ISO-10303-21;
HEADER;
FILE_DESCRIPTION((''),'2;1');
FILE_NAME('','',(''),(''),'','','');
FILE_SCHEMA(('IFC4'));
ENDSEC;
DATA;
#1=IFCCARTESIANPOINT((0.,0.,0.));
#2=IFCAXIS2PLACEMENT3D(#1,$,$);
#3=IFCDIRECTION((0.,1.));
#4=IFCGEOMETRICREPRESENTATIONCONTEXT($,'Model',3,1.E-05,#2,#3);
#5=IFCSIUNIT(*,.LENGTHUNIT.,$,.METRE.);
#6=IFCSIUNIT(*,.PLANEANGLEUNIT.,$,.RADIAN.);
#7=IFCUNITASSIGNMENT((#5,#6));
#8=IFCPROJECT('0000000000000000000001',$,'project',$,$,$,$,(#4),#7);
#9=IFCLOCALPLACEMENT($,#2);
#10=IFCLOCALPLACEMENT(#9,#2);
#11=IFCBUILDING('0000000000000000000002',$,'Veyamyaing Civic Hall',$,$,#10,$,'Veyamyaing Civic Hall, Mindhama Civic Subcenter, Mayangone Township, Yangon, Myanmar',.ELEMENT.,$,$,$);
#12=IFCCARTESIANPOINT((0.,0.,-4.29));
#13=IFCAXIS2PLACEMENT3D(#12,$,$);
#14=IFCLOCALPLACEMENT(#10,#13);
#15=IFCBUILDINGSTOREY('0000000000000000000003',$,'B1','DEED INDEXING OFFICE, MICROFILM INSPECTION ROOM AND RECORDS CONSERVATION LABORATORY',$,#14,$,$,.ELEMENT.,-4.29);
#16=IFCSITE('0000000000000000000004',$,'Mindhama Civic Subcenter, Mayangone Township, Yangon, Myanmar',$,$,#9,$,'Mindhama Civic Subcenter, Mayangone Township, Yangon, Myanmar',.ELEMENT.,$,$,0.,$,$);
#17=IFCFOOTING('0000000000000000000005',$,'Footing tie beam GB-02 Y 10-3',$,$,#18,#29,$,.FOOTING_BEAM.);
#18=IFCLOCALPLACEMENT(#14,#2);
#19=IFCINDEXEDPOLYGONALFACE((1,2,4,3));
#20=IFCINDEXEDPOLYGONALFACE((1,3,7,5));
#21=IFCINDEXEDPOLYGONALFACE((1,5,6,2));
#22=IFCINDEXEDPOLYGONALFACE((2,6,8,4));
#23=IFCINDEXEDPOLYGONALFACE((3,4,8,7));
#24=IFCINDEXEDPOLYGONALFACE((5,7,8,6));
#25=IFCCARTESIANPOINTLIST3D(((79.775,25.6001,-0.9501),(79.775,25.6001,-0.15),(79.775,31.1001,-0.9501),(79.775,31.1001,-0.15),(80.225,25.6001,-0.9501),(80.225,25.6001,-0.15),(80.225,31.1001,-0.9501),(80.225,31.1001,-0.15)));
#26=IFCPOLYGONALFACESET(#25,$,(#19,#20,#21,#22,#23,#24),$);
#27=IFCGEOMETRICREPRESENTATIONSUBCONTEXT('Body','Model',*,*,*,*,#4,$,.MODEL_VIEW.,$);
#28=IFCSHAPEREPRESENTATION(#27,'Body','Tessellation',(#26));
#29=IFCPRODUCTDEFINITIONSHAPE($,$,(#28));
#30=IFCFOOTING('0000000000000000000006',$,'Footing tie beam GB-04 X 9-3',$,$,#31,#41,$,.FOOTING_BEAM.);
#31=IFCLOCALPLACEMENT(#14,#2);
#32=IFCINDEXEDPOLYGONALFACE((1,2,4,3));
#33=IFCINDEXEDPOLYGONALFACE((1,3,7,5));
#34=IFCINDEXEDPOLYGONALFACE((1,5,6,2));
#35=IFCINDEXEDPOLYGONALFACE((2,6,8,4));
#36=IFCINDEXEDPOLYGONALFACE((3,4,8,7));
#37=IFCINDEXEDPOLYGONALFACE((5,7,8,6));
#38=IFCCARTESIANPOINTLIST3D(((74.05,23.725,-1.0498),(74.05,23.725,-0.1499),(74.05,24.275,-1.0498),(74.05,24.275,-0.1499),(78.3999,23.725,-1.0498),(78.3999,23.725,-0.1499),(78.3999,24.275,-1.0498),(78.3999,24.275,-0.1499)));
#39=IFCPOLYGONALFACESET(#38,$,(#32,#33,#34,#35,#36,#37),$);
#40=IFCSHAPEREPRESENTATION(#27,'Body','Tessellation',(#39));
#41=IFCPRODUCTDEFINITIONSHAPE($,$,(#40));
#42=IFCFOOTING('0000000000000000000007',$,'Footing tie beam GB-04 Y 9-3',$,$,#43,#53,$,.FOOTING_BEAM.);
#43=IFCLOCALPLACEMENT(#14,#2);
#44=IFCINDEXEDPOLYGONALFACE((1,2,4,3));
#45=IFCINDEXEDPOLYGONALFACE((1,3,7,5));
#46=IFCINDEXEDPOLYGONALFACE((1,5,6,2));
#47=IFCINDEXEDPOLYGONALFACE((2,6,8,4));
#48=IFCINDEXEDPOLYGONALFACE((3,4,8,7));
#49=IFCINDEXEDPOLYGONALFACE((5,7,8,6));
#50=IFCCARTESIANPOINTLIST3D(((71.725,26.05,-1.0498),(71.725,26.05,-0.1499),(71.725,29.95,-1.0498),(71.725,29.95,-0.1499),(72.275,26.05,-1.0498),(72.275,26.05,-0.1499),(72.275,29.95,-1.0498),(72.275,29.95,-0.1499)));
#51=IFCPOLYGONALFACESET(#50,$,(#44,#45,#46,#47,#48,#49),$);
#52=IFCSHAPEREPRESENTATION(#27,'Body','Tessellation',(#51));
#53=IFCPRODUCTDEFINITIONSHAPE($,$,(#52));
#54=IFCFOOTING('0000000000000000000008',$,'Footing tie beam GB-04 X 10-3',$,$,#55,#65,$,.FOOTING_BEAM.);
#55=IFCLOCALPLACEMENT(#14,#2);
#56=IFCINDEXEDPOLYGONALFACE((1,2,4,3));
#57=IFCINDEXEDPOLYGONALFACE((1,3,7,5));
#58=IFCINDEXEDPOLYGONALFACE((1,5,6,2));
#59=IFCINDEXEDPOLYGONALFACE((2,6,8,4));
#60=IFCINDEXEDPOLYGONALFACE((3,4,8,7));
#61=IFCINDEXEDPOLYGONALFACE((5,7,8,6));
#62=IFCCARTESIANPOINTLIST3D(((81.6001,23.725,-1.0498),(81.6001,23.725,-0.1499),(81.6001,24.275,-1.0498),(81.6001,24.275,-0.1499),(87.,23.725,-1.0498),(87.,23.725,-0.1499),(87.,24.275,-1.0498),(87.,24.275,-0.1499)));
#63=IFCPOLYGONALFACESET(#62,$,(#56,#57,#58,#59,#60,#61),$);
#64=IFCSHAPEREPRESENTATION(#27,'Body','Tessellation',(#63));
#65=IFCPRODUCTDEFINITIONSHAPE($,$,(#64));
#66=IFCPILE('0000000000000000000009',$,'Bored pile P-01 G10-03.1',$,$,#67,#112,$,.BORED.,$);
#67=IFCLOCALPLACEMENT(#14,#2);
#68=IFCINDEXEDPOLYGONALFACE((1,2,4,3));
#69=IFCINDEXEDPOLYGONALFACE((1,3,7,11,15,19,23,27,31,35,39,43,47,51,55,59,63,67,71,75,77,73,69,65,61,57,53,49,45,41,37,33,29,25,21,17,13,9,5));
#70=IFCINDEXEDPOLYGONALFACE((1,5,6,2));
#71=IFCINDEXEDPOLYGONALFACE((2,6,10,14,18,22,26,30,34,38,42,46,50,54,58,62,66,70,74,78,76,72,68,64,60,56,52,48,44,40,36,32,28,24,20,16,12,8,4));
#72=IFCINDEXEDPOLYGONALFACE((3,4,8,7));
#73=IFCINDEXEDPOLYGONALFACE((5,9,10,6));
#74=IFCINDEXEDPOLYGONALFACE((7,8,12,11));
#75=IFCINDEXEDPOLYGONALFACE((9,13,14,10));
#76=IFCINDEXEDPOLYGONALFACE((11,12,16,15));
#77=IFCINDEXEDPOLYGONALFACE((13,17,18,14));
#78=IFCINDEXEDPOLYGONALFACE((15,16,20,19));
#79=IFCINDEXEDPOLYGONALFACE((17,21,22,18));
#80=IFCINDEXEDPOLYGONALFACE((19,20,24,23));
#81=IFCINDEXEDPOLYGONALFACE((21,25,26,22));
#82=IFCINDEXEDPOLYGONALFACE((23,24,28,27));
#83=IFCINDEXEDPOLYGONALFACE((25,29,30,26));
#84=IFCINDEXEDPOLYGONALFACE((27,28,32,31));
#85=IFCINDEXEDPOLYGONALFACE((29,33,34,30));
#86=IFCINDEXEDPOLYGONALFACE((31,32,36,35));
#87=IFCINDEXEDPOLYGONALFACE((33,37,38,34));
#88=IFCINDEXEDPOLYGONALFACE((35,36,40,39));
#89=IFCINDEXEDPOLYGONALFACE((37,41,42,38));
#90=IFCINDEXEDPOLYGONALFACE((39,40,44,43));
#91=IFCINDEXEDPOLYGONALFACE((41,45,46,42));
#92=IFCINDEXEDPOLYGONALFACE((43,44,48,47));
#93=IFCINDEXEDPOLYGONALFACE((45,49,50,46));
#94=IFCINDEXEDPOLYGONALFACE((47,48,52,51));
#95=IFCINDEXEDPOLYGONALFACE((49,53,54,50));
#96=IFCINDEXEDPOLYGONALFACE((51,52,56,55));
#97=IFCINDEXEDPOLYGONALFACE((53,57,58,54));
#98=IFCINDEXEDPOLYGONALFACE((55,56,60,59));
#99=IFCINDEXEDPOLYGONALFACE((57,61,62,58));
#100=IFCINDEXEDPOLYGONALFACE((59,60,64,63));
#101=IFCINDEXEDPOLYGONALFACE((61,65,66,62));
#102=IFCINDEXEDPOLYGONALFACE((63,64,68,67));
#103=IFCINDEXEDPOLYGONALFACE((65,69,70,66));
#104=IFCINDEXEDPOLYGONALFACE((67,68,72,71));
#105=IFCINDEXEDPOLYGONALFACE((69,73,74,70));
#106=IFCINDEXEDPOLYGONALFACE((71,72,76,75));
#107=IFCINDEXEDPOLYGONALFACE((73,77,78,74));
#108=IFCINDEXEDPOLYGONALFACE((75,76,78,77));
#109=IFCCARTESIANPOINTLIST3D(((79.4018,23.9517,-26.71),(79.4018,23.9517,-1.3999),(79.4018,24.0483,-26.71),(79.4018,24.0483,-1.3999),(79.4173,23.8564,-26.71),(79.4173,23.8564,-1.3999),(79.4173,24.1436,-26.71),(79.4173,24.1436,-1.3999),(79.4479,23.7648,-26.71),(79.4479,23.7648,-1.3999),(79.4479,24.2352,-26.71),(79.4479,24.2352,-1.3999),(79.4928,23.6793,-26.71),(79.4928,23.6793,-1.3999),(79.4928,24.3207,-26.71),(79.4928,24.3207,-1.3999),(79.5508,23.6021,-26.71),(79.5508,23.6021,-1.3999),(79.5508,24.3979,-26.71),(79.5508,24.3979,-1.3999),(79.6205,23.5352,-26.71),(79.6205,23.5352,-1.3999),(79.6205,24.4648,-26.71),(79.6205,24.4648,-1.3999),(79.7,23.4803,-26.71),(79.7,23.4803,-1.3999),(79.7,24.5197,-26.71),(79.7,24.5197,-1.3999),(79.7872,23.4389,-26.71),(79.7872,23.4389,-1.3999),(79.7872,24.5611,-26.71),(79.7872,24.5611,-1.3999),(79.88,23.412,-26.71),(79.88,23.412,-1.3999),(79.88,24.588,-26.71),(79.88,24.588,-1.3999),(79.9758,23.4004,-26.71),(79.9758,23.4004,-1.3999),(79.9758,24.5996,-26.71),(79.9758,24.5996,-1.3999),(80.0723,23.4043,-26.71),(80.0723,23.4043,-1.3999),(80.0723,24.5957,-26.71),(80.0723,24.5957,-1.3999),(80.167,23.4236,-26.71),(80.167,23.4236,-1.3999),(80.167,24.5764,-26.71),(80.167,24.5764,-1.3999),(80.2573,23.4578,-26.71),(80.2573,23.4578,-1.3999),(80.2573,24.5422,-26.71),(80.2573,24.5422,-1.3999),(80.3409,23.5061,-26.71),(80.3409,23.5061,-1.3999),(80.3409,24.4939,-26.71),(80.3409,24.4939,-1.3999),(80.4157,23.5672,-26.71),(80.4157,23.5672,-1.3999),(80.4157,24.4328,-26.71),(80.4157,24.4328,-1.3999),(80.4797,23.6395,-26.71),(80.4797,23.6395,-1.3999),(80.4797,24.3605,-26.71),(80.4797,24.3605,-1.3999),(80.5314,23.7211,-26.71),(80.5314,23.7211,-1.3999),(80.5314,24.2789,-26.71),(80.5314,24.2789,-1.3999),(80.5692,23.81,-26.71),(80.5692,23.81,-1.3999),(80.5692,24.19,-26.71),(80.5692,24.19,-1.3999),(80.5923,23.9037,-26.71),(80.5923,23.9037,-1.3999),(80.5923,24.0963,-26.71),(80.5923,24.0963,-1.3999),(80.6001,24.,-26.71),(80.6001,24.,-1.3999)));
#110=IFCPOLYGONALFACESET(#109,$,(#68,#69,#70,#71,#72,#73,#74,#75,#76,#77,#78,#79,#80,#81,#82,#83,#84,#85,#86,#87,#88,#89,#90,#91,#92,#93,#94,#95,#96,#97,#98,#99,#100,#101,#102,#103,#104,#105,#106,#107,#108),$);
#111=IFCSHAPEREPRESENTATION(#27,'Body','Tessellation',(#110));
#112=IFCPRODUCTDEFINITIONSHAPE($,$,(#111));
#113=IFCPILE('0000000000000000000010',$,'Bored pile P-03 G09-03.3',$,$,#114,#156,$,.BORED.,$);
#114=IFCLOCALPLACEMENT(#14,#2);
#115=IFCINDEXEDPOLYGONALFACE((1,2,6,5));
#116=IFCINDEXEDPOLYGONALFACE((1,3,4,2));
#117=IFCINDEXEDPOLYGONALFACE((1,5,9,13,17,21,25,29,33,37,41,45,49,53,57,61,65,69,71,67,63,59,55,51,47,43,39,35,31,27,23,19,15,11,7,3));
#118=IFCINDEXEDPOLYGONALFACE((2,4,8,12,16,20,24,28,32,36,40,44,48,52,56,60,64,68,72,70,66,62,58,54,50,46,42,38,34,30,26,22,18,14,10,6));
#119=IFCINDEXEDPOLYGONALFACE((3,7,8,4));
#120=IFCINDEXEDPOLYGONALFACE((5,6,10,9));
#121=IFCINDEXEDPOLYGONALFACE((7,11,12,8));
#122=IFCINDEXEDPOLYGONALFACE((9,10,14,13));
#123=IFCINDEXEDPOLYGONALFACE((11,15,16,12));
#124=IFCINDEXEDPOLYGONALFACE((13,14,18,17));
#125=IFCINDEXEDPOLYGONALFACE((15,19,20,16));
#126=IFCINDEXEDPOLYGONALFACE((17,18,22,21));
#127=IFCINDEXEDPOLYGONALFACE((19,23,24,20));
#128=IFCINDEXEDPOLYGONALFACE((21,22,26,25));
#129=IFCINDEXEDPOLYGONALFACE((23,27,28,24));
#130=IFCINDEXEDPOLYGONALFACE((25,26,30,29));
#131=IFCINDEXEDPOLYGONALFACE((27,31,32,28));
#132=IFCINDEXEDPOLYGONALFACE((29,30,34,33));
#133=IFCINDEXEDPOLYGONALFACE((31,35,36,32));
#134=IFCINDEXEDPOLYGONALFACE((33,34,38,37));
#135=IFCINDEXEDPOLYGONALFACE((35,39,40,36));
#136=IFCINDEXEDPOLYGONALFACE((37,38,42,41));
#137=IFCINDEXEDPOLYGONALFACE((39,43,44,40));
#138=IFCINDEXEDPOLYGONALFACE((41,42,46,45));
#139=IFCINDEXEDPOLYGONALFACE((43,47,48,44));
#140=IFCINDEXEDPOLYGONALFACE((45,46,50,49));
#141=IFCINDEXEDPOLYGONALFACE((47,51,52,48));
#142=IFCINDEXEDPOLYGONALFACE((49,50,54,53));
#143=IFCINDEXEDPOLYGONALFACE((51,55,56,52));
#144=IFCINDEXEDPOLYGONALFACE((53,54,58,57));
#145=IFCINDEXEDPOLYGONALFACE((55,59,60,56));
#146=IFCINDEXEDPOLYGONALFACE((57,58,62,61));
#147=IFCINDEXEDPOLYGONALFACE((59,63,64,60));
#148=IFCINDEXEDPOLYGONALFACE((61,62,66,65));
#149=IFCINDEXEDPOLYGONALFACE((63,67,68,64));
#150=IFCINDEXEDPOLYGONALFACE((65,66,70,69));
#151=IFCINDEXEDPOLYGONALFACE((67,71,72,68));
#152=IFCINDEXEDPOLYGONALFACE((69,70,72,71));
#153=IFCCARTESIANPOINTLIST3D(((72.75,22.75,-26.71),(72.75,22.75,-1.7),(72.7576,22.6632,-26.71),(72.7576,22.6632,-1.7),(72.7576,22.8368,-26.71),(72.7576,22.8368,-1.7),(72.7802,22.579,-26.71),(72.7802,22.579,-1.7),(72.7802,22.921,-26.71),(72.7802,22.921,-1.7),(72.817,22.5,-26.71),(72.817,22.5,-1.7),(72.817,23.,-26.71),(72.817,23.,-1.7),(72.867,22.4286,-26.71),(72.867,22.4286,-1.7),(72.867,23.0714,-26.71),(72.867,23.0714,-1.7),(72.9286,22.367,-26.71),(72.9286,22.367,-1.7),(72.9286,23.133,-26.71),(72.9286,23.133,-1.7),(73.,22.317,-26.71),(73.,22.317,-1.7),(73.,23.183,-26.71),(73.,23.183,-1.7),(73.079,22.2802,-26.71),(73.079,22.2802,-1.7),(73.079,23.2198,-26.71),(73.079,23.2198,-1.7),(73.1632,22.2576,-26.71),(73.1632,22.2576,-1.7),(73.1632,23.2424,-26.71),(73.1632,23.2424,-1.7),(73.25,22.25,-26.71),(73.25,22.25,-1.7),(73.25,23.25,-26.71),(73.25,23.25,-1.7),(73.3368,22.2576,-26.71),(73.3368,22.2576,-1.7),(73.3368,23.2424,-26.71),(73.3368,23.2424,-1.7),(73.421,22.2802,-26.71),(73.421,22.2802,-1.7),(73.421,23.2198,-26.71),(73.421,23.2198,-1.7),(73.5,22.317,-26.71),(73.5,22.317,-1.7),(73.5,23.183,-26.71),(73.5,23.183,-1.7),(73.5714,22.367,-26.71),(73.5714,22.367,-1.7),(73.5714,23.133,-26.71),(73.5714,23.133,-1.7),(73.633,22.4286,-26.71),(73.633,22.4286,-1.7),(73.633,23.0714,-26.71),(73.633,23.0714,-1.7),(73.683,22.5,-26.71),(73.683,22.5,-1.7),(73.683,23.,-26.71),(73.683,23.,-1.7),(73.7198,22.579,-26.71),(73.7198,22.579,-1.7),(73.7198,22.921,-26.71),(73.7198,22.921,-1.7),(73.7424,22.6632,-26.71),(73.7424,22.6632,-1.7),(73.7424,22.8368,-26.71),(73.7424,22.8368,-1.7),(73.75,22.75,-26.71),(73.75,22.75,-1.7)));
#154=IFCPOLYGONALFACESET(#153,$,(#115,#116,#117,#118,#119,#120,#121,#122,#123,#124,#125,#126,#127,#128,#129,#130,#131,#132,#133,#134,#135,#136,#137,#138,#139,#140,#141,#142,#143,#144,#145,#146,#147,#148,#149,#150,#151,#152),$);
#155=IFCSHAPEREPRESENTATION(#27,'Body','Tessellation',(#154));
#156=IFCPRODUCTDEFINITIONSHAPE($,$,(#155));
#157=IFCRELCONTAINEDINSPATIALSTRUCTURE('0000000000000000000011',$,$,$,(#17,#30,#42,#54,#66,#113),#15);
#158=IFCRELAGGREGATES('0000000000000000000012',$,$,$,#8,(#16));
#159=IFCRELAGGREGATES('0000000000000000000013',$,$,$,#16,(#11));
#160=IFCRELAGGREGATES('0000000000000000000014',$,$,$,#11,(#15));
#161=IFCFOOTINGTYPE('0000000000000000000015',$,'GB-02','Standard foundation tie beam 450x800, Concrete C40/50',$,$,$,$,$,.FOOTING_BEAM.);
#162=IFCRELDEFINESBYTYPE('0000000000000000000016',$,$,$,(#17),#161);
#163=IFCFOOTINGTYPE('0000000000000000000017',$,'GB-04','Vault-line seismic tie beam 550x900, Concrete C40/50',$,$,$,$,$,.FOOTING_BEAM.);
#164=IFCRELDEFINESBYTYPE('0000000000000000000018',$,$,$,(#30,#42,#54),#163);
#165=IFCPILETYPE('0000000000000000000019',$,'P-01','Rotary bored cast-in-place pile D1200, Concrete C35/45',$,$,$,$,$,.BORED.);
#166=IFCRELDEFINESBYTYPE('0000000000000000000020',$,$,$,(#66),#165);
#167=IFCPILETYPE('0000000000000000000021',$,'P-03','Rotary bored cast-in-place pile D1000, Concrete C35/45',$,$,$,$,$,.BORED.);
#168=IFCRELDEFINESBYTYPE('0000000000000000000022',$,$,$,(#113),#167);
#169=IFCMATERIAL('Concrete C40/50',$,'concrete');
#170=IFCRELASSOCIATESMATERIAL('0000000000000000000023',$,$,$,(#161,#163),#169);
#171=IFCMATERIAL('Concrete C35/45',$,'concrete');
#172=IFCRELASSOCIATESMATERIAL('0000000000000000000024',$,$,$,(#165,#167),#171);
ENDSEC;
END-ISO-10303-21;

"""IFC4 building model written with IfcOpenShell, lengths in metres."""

from ifc_helpers import new_model, si_unit, direction, frame, origin, origin_2d, place, context, subcontext, project, spatial, rectangle, circle, extrude, material, material_profile, profile_set, type_object, element, save


model = new_model("IFC4")

# Units and contexts
model_context = context("Model", 3, precision=1e-05, world=origin(), true_north=direction((0.0, 1.0)))
body_context = subcontext(model_context, "Body", "Model", "MODEL_VIEW")
ifc_project = project(units=[si_unit("LENGTHUNIT", "METRE"), si_unit("PLANEANGLEUNIT", "RADIAN")], contexts=[model_context])

# Site, building, storey
site_placement = place(None, origin())
site = spatial("IfcSite", under=ifc_project, at=site_placement, Name="Mindhama Civic Subcenter, Mayangone Township, Yangon, Myanmar", LongName="Mindhama Civic Subcenter, Mayangone Township, Yangon, Myanmar", CompositionType="ELEMENT", RefElevation=0.0)
building_placement = place(site_placement, origin())
building = spatial("IfcBuilding", under=site, at=building_placement, Name="Veyamyaing Civic Hall", LongName="Veyamyaing Civic Hall, Mindhama Civic Subcenter, Mayangone Township, Yangon, Myanmar", CompositionType="ELEMENT")
storey_placement = place(building_placement, frame((0.0, 0.0, -4.29)))
storey = spatial("IfcBuildingStorey", under=building, at=storey_placement, Name="B1", Description="DEED INDEXING OFFICE, MICROFILM INSPECTION ROOM AND RECORDS CONSERVATION LABORATORY", CompositionType="ELEMENT", Elevation=-4.29)

# Footings
ifc_material_1 = material(Name="Concrete C40/50", Category="concrete")
ifc_material_profile_1 = material_profile(ifc_material_1, rectangle(XDim=0.45, YDim=0.8, at=origin_2d()), Name="GB-450X800")
ifc_profile_set_1 = profile_set([ifc_material_profile_1], Name="Concrete C40/50")
footing_type_1 = type_object("IfcFootingType", Name="GB-02", Description="Standard foundation tie beam 450x800, Concrete C40/50", PredefinedType="FOOTING_BEAM", material=ifc_profile_set_1)
footing_1_placement = place(storey_placement, frame((80.0, 25.6001, -0.55), z_axis=(0.0, 1.0, 0.0), x_axis=(-1.0, 0.0, 0.0)))
element("IfcFooting", 1, at=footing_1_placement, inside=storey, type_object=footing_type_1, Name="Footing tie beam GB-02 Y 10-3", PredefinedType="FOOTING_BEAM", context=body_context, shape_type="SweptSolid", body=[
    extrude(rectangle(XDim=0.45, YDim=0.8, at=origin_2d()), origin(), (0.0, 0.0, 1.0), 5.5),
])
ifc_material_profile_2 = material_profile(ifc_material_1, rectangle(XDim=0.55, YDim=0.8999, at=origin_2d()), Name="GB-550X900")
ifc_profile_set_2 = profile_set([ifc_material_profile_2], Name="Concrete C40/50")
footing_type_2 = type_object("IfcFootingType", Name="GB-04", Description="Vault-line seismic tie beam 550x900, Concrete C40/50", PredefinedType="FOOTING_BEAM", material=ifc_profile_set_2)
footing_2_placement = place(storey_placement, frame((74.05, 24.0, -0.5999), z_axis=(1.0, 0.0, 0.0), x_axis=(0.0, 1.0, 0.0)))
element("IfcFooting", 2, at=footing_2_placement, inside=storey, type_object=footing_type_2, Name="Footing tie beam GB-04 X 9-3", PredefinedType="FOOTING_BEAM", context=body_context, shape_type="SweptSolid", body=[
    extrude(rectangle(XDim=0.55, YDim=0.8999, at=origin_2d()), origin(), (0.0, 0.0, 1.0), 4.3499),
])
footing_3_placement = place(storey_placement, frame((72.0, 26.05, -0.5999), z_axis=(0.0, 1.0, 0.0), x_axis=(-1.0, 0.0, 0.0)))
element("IfcFooting", 3, at=footing_3_placement, inside=storey, type_object=footing_type_2, Name="Footing tie beam GB-04 Y 9-3", PredefinedType="FOOTING_BEAM", context=body_context, shape_type="SweptSolid", body=[
    extrude(rectangle(XDim=0.55, YDim=0.8999, at=origin_2d()), origin(), (0.0, 0.0, 1.0), 3.8999),
])
footing_4_placement = place(storey_placement, frame((81.6001, 24.0, -0.5999), z_axis=(1.0, 0.0, 0.0), x_axis=(0.0, 1.0, 0.0)))
element("IfcFooting", 4, at=footing_4_placement, inside=storey, type_object=footing_type_2, Name="Footing tie beam GB-04 X 10-3", PredefinedType="FOOTING_BEAM", context=body_context, shape_type="SweptSolid", body=[
    extrude(rectangle(XDim=0.55, YDim=0.8999, at=origin_2d()), origin(), (0.0, 0.0, 1.0), 5.3999),
])

# Piles
ifc_material_2 = material(Name="Concrete C35/45", Category="concrete")
ifc_material_profile_3 = material_profile(ifc_material_2, circle(Radius=0.6001, at=origin_2d()), Name="PILE-D1200")
ifc_profile_set_3 = profile_set([ifc_material_profile_3], Name="Concrete C35/45")
pile_type_1 = type_object("IfcPileType", Name="P-01", Description="Rotary bored cast-in-place pile D1200, Concrete C35/45", PredefinedType="BORED", material=ifc_profile_set_3)
pile_placement = place(storey_placement, frame((80.0, 24.0, -1.3999), z_axis=(0.0, 0.0, -1.0), x_axis=(1.0, 0.0, 0.0)))
element("IfcPile", 5, at=pile_placement, inside=storey, type_object=pile_type_1, Name="Bored pile P-01 G10-03.1", PredefinedType="BORED", context=body_context, shape_type="SweptSolid", body=[
    extrude(circle(Radius=0.6001, at=origin_2d()), origin(), (0.0, 0.0, 1.0), 25.3101),
])
ifc_material_profile_4 = material_profile(ifc_material_2, circle(Radius=0.5, at=origin_2d()), Name="PILE-D1000")
ifc_profile_set_4 = profile_set([ifc_material_profile_4], Name="Concrete C35/45")
pile_type_2 = type_object("IfcPileType", Name="P-03", Description="Rotary bored cast-in-place pile D1000, Concrete C35/45", PredefinedType="BORED", material=ifc_profile_set_4)
for number, where, z_axis, x_axis, name in (
    (6, (73.25, 22.75, -1.7), (0.0, 0.0, -1.0), (1.0, 0.0, 0.0), "Bored pile P-03 G09-03.3"),
):
    element("IfcPile", number, at=place(storey_placement, frame(where, z_axis=z_axis, x_axis=x_axis)), inside=storey, type_object=pile_type_2, Name=name, PredefinedType="BORED", context=body_context, shape_type="SweptSolid", body=[
        extrude(circle(Radius=0.5, at=origin_2d()), origin(), (0.0, 0.0, 1.0), 25.01),
    ])

save(model, "model.ifc")
